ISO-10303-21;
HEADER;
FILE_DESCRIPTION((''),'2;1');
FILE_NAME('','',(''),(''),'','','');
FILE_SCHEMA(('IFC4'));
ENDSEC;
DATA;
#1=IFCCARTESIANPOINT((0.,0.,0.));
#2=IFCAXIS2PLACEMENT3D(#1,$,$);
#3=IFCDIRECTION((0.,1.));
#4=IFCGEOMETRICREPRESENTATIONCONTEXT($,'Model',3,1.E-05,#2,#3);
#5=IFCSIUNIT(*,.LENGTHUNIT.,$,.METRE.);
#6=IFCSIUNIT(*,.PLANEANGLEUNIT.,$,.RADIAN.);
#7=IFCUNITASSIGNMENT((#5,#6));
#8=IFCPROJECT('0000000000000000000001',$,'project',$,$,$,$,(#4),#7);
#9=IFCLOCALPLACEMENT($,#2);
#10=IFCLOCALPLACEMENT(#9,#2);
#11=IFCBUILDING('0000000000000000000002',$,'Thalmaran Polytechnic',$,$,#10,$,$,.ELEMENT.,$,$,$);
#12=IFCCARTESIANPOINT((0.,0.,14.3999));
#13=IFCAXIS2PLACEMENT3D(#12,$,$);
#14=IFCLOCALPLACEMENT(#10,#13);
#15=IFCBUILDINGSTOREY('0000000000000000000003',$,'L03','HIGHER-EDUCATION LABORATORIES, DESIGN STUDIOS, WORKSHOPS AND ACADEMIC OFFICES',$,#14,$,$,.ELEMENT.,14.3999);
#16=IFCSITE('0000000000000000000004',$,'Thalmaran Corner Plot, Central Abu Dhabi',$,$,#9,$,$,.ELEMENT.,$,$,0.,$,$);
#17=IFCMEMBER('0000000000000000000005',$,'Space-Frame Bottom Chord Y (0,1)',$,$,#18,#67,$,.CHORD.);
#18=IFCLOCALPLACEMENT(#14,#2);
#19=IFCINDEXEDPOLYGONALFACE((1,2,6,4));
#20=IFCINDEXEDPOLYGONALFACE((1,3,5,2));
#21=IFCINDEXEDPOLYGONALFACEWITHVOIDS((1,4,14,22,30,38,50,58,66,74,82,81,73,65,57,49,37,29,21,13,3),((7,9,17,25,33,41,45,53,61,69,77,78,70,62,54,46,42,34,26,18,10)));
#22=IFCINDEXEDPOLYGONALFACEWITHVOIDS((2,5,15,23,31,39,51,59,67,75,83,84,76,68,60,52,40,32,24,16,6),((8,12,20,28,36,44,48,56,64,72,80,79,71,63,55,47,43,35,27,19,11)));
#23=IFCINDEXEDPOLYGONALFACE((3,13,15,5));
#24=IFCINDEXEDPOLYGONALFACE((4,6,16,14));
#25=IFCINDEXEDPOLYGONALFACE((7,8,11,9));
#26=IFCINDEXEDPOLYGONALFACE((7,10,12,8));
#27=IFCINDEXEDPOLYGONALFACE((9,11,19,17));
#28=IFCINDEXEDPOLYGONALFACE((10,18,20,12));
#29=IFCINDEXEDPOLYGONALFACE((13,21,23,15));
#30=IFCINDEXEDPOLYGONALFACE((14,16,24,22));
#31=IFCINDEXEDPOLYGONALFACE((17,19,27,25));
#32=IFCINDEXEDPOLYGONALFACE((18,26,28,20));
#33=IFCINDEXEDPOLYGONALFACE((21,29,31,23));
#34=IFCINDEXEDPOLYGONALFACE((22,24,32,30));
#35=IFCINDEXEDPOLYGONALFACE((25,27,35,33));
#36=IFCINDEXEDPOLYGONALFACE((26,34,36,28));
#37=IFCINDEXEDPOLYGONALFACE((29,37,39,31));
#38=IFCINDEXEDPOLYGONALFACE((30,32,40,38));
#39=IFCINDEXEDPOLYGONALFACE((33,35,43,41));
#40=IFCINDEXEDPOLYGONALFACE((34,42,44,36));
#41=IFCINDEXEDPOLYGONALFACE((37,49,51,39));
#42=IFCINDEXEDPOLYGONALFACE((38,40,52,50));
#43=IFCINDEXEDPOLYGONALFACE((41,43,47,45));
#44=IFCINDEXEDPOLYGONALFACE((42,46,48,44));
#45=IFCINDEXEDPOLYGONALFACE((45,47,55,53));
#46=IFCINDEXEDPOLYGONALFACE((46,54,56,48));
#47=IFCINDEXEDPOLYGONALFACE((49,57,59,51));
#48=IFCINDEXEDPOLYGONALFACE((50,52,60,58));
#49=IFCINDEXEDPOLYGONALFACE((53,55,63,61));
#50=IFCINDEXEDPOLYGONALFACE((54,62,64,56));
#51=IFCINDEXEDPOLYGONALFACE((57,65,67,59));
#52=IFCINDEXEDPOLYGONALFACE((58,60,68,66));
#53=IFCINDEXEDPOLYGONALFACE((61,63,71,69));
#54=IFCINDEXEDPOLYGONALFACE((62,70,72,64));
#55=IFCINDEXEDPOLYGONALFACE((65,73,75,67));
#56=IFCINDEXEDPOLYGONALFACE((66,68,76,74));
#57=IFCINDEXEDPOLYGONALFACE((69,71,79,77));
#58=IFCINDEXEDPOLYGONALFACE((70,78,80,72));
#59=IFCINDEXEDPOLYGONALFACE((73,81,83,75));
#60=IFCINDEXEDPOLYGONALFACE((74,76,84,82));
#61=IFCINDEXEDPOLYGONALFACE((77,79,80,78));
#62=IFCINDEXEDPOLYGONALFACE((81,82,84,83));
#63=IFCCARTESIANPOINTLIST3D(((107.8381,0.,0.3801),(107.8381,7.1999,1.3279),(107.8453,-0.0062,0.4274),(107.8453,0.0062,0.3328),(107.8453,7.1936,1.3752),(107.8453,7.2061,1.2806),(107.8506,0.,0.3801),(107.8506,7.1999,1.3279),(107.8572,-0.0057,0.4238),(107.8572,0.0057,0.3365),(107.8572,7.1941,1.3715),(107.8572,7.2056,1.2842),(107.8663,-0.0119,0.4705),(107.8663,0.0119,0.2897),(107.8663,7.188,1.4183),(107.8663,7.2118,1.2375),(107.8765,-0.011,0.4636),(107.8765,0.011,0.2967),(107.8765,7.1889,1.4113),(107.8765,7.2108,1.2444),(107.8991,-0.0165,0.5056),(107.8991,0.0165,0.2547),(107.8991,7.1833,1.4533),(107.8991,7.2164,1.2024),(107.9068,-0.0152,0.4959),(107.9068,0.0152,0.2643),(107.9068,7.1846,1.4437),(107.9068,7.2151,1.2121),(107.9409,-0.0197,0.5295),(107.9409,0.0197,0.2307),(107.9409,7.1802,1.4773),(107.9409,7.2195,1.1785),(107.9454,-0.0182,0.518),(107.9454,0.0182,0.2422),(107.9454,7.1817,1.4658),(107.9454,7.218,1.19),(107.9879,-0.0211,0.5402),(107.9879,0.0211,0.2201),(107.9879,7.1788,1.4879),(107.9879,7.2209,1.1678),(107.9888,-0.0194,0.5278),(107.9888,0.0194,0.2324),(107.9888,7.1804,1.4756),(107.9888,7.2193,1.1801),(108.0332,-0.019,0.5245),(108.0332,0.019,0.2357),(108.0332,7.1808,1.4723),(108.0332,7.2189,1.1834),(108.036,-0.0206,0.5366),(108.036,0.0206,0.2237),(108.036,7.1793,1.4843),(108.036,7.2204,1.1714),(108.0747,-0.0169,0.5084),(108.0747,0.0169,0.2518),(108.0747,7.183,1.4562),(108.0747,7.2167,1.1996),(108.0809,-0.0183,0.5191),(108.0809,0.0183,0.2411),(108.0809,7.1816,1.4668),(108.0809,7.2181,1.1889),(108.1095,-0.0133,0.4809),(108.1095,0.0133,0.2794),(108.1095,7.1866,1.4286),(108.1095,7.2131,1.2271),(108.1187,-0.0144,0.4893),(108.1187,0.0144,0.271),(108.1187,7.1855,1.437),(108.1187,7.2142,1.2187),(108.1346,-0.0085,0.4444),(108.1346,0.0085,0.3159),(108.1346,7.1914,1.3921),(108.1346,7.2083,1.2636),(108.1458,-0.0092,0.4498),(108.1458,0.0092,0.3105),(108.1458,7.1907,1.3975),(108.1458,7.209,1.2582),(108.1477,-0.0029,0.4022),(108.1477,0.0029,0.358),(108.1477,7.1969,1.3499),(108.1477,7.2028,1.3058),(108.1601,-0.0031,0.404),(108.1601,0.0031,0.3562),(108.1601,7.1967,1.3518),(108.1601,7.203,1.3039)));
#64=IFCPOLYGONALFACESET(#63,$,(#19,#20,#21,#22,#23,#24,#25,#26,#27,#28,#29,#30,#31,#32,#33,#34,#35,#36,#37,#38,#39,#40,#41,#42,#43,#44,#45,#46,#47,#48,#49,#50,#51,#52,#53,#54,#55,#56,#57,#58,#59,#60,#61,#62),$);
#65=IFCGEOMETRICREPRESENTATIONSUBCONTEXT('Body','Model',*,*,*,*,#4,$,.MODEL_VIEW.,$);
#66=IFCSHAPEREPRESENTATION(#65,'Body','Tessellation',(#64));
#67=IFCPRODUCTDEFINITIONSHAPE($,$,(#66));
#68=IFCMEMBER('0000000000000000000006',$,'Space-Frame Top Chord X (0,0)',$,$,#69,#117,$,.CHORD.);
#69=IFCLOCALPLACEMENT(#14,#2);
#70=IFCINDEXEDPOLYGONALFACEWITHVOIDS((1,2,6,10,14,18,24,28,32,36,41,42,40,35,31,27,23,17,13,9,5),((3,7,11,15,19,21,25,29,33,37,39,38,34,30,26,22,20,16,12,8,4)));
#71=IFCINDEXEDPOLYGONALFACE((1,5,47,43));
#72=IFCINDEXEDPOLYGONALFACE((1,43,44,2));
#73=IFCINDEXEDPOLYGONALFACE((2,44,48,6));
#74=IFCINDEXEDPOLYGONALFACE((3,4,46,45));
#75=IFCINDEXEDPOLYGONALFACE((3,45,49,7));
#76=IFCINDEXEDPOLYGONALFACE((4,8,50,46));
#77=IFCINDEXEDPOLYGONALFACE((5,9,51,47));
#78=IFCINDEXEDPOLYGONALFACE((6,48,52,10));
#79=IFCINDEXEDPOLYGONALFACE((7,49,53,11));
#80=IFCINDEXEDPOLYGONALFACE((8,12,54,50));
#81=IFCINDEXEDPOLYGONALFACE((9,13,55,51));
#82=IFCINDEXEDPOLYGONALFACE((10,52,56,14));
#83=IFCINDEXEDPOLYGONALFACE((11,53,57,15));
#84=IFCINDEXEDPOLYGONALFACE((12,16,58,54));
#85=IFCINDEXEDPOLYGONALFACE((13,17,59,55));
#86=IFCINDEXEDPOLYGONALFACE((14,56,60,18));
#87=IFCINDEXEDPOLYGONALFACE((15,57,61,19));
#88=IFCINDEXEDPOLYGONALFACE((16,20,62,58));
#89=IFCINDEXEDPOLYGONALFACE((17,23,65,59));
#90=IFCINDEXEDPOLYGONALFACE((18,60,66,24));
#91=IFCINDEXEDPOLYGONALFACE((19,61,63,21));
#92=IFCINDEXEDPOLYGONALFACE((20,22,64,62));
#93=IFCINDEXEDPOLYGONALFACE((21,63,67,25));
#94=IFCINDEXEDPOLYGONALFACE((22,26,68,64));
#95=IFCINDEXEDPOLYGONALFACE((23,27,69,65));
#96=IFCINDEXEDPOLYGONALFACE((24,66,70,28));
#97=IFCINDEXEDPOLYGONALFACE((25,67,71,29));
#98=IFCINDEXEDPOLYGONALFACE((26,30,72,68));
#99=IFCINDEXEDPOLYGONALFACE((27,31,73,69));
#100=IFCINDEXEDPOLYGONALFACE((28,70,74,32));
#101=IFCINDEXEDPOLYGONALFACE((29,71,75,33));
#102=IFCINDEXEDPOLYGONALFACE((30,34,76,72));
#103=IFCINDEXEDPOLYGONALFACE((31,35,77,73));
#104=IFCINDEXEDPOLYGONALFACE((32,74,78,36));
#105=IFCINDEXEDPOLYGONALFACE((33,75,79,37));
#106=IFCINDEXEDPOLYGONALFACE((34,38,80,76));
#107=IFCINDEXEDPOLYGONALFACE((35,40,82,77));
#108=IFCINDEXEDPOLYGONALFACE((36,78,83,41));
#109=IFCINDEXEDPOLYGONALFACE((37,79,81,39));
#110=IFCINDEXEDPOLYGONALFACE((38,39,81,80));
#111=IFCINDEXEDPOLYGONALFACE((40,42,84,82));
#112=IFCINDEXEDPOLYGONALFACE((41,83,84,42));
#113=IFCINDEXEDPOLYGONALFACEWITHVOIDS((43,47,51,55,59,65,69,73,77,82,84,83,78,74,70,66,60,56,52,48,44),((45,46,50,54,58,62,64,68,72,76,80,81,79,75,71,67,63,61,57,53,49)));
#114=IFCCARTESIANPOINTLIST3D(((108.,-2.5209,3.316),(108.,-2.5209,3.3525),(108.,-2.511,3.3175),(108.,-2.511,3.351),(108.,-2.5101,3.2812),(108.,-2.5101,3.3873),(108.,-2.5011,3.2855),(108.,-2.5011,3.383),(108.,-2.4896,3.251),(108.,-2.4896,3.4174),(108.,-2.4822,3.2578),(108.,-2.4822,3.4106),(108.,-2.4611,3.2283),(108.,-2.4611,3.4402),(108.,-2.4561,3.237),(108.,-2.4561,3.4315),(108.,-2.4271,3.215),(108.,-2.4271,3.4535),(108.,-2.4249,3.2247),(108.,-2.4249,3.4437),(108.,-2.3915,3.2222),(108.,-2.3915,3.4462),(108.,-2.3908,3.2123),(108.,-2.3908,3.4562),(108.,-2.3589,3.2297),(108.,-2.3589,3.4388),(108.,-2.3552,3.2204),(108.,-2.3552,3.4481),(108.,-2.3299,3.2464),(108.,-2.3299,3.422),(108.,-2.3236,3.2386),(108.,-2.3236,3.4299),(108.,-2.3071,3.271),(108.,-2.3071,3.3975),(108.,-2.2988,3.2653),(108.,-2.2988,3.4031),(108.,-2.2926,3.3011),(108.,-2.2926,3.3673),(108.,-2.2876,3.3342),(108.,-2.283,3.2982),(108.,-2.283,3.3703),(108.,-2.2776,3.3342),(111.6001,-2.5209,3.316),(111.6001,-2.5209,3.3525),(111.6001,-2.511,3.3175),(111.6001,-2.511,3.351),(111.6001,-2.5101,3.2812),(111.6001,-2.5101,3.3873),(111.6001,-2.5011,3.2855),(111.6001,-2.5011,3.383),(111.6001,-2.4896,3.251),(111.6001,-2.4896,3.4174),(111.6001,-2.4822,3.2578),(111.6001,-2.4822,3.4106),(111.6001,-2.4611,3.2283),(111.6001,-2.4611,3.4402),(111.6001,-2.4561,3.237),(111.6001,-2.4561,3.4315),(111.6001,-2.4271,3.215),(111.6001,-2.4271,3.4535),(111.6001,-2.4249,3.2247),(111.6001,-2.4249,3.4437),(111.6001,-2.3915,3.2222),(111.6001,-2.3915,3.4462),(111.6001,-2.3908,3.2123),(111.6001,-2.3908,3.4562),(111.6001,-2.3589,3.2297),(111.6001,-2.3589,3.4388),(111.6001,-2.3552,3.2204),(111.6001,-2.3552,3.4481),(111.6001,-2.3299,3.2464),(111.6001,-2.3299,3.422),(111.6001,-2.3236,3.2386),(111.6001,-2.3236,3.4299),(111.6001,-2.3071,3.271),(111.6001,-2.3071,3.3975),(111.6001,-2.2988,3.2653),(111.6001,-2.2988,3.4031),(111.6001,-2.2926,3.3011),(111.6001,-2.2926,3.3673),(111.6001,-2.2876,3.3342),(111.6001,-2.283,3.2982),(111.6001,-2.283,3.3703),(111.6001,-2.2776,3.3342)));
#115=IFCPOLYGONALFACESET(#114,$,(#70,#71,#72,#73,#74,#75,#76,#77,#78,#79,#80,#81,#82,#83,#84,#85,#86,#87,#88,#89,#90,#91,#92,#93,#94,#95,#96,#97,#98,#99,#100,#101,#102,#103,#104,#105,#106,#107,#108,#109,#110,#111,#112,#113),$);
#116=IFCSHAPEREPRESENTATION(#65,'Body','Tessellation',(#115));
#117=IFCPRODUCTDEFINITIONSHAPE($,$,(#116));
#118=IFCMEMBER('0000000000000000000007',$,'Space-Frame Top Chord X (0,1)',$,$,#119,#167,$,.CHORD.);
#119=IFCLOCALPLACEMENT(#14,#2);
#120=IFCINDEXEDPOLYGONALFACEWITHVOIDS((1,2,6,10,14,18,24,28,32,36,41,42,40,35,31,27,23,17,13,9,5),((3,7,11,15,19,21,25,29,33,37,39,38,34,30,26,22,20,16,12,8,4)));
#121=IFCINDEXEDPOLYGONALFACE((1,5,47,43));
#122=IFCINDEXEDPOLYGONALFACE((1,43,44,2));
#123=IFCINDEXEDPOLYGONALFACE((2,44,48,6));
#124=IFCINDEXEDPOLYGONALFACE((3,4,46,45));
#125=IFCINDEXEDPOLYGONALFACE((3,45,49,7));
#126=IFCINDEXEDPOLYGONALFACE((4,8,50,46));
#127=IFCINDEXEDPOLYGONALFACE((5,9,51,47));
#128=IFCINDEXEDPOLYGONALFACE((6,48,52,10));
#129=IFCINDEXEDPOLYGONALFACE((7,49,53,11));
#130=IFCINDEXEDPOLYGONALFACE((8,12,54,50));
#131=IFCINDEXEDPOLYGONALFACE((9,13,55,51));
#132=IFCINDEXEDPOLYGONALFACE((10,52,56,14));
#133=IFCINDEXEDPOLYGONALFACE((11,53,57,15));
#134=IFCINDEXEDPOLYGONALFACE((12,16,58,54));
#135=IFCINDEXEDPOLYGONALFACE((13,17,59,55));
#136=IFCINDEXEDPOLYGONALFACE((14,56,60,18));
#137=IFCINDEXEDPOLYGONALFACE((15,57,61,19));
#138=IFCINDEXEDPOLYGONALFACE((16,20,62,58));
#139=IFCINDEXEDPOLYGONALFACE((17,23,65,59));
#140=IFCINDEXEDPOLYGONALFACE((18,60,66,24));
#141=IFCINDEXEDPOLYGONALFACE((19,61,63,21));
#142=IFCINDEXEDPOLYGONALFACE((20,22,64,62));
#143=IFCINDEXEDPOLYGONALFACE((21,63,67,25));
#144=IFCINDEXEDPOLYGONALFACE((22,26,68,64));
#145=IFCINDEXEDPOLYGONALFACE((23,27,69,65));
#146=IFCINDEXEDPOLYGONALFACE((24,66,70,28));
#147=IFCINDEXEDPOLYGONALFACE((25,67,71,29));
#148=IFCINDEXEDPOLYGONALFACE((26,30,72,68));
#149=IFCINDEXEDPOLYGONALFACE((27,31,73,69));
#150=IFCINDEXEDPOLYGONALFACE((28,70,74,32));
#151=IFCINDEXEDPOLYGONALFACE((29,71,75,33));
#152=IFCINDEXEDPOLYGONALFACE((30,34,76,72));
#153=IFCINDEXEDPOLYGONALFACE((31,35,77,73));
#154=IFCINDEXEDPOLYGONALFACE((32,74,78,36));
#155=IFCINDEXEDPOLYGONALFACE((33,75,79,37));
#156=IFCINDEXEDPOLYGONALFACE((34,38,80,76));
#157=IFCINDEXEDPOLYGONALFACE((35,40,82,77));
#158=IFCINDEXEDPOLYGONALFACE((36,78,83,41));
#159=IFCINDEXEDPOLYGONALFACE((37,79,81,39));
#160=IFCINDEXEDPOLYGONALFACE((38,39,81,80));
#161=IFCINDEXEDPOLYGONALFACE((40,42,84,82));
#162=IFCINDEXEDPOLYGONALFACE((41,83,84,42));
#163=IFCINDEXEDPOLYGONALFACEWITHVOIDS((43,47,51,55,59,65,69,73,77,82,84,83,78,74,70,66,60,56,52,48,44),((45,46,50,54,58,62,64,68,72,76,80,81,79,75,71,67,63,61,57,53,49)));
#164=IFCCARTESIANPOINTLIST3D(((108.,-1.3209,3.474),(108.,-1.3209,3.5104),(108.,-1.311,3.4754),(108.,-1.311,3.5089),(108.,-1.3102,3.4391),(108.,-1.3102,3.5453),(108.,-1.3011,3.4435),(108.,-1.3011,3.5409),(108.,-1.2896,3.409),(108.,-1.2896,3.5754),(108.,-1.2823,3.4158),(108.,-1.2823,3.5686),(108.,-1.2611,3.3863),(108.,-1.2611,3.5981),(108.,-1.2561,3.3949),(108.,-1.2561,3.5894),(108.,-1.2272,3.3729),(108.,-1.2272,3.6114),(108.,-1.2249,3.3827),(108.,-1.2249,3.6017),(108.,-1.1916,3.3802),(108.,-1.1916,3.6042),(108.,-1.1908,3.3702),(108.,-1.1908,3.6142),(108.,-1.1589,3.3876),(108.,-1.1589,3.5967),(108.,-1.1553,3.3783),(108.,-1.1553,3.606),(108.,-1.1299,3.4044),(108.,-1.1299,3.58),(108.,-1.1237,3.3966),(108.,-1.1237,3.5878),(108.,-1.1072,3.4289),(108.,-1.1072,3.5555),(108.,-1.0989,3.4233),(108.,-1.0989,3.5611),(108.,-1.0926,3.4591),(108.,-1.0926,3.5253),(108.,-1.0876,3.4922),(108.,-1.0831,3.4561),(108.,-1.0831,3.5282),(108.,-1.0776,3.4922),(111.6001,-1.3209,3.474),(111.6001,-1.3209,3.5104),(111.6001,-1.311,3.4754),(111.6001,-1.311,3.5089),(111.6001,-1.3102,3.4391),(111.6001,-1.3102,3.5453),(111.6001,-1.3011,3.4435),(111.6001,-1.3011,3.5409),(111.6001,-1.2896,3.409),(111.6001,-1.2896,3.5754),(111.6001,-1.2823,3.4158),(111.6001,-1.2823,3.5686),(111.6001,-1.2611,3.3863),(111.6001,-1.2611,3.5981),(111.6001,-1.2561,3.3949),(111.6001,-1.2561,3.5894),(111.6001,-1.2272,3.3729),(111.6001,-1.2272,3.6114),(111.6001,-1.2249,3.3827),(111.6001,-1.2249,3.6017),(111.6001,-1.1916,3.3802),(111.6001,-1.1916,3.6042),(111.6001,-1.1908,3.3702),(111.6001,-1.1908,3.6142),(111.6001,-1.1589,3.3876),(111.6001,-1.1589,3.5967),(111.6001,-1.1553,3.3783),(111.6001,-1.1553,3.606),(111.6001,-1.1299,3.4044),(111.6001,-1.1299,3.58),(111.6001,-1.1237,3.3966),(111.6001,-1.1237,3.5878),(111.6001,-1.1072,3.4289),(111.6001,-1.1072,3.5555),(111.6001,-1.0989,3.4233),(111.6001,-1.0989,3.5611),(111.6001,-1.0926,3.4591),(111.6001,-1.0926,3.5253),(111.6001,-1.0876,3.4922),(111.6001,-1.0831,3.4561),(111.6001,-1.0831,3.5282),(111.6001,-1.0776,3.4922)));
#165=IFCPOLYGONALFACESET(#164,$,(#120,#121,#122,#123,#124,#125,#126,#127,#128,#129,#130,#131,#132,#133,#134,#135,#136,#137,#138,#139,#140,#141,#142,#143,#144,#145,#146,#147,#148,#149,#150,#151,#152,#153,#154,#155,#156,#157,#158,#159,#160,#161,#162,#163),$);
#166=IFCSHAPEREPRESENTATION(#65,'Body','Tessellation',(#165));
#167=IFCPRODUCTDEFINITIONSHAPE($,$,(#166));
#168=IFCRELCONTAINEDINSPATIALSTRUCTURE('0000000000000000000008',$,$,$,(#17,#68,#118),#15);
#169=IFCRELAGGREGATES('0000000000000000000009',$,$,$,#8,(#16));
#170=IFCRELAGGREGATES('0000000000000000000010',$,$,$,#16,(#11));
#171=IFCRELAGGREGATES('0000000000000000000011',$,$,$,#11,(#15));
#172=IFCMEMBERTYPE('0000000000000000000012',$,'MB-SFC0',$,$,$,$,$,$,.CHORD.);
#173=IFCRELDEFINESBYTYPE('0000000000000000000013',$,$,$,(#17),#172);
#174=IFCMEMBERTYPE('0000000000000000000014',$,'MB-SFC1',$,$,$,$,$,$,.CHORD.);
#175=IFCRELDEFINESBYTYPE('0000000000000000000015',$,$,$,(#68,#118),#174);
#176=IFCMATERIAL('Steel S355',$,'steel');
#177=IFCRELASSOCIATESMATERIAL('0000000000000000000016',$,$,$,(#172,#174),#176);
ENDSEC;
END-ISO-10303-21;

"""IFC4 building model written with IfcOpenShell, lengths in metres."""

from ifc_helpers import new_model, si_unit, direction, frame, origin, origin_2d, place, context, subcontext, project, spatial, hollow_circle, extrude, material, material_profile, profile_set, type_object, element, save


model = new_model("IFC4")

# Units and contexts
model_context = context("Model", 3, precision=1e-05, world=origin(), true_north=direction((0.0, 1.0)))
body_context = subcontext(model_context, "Body", "Model", "MODEL_VIEW")
ifc_project = project(units=[si_unit("LENGTHUNIT", "METRE"), si_unit("PLANEANGLEUNIT", "RADIAN")], contexts=[model_context])

# Site, building, storey
site_placement = place(None, origin())
site = spatial("IfcSite", under=ifc_project, at=site_placement, Name="Thalmaran Corner Plot, Central Abu Dhabi", CompositionType="ELEMENT", RefElevation=0.0)
building_placement = place(site_placement, origin())
building = spatial("IfcBuilding", under=site, at=building_placement, Name="Thalmaran Polytechnic", CompositionType="ELEMENT")
storey_placement = place(building_placement, frame((0.0, 0.0, 14.3999)))
storey = spatial("IfcBuildingStorey", under=building, at=storey_placement, Name="L03", Description="HIGHER-EDUCATION LABORATORIES, DESIGN STUDIOS, WORKSHOPS AND ACADEMIC OFFICES", CompositionType="ELEMENT", Elevation=14.3999)

# Shared definitions
ifc_material_1 = material(Name="Steel S355", Category="steel")

# Members
ifc_material_profile_1 = material_profile(ifc_material_1, hollow_circle(Radius=0.1619, WallThickness=0.0125, at=origin_2d()), Name="CHS 323.9x12.5")
ifc_profile_set_1 = profile_set([ifc_material_profile_1], Name="Steel S355")
member_type_1 = type_object("IfcMemberType", Name="MB-SFC0", PredefinedType="CHORD", material=ifc_profile_set_1)
member_1_placement = place(storey_placement, frame((108.0, 0.0, 0.3801), z_axis=(0.0, 0.991447, 0.130508), x_axis=(-1.0, 0.0, 0.0)))
element("IfcMember", 1, at=member_1_placement, inside=storey, type_object=member_type_1, Name="Space-Frame Bottom Chord Y (0,1)", PredefinedType="CHORD", context=body_context, shape_type="SweptSolid", body=[
    extrude(hollow_circle(Radius=0.1619, WallThickness=0.0125, at=origin_2d()), origin(), (0.0, 0.0, 1.0), 7.262),
])
ifc_material_profile_2 = material_profile(ifc_material_1, hollow_circle(Radius=0.1223, WallThickness=0.01, at=origin_2d()), Name="CHS 244.5x10.0")
ifc_profile_set_2 = profile_set([ifc_material_profile_2], Name="Steel S355")
member_type_2 = type_object("IfcMemberType", Name="MB-SFC1", PredefinedType="CHORD", material=ifc_profile_set_2)
for number, where, z_axis, x_axis, name in (
    (2, (108.0, -2.3999, 3.3342), (1.0, 0.0, 0.0), (0.0, 1.0, 0.0), "Space-Frame Top Chord X (0,0)"),
    (3, (108.0, -1.2, 3.4922), (1.0, 0.0, 0.0), (0.0, 1.0, 0.0), "Space-Frame Top Chord X (0,1)"),
):
    element("IfcMember", number, at=place(storey_placement, frame(where, z_axis=z_axis, x_axis=x_axis)), inside=storey, type_object=member_type_2, Name=name, PredefinedType="CHORD", context=body_context, shape_type="SweptSolid", body=[
        extrude(hollow_circle(Radius=0.1223, WallThickness=0.01, at=origin_2d()), origin(), (0.0, 0.0, 1.0), 3.6001),
    ])

save(model, "model.ifc")
